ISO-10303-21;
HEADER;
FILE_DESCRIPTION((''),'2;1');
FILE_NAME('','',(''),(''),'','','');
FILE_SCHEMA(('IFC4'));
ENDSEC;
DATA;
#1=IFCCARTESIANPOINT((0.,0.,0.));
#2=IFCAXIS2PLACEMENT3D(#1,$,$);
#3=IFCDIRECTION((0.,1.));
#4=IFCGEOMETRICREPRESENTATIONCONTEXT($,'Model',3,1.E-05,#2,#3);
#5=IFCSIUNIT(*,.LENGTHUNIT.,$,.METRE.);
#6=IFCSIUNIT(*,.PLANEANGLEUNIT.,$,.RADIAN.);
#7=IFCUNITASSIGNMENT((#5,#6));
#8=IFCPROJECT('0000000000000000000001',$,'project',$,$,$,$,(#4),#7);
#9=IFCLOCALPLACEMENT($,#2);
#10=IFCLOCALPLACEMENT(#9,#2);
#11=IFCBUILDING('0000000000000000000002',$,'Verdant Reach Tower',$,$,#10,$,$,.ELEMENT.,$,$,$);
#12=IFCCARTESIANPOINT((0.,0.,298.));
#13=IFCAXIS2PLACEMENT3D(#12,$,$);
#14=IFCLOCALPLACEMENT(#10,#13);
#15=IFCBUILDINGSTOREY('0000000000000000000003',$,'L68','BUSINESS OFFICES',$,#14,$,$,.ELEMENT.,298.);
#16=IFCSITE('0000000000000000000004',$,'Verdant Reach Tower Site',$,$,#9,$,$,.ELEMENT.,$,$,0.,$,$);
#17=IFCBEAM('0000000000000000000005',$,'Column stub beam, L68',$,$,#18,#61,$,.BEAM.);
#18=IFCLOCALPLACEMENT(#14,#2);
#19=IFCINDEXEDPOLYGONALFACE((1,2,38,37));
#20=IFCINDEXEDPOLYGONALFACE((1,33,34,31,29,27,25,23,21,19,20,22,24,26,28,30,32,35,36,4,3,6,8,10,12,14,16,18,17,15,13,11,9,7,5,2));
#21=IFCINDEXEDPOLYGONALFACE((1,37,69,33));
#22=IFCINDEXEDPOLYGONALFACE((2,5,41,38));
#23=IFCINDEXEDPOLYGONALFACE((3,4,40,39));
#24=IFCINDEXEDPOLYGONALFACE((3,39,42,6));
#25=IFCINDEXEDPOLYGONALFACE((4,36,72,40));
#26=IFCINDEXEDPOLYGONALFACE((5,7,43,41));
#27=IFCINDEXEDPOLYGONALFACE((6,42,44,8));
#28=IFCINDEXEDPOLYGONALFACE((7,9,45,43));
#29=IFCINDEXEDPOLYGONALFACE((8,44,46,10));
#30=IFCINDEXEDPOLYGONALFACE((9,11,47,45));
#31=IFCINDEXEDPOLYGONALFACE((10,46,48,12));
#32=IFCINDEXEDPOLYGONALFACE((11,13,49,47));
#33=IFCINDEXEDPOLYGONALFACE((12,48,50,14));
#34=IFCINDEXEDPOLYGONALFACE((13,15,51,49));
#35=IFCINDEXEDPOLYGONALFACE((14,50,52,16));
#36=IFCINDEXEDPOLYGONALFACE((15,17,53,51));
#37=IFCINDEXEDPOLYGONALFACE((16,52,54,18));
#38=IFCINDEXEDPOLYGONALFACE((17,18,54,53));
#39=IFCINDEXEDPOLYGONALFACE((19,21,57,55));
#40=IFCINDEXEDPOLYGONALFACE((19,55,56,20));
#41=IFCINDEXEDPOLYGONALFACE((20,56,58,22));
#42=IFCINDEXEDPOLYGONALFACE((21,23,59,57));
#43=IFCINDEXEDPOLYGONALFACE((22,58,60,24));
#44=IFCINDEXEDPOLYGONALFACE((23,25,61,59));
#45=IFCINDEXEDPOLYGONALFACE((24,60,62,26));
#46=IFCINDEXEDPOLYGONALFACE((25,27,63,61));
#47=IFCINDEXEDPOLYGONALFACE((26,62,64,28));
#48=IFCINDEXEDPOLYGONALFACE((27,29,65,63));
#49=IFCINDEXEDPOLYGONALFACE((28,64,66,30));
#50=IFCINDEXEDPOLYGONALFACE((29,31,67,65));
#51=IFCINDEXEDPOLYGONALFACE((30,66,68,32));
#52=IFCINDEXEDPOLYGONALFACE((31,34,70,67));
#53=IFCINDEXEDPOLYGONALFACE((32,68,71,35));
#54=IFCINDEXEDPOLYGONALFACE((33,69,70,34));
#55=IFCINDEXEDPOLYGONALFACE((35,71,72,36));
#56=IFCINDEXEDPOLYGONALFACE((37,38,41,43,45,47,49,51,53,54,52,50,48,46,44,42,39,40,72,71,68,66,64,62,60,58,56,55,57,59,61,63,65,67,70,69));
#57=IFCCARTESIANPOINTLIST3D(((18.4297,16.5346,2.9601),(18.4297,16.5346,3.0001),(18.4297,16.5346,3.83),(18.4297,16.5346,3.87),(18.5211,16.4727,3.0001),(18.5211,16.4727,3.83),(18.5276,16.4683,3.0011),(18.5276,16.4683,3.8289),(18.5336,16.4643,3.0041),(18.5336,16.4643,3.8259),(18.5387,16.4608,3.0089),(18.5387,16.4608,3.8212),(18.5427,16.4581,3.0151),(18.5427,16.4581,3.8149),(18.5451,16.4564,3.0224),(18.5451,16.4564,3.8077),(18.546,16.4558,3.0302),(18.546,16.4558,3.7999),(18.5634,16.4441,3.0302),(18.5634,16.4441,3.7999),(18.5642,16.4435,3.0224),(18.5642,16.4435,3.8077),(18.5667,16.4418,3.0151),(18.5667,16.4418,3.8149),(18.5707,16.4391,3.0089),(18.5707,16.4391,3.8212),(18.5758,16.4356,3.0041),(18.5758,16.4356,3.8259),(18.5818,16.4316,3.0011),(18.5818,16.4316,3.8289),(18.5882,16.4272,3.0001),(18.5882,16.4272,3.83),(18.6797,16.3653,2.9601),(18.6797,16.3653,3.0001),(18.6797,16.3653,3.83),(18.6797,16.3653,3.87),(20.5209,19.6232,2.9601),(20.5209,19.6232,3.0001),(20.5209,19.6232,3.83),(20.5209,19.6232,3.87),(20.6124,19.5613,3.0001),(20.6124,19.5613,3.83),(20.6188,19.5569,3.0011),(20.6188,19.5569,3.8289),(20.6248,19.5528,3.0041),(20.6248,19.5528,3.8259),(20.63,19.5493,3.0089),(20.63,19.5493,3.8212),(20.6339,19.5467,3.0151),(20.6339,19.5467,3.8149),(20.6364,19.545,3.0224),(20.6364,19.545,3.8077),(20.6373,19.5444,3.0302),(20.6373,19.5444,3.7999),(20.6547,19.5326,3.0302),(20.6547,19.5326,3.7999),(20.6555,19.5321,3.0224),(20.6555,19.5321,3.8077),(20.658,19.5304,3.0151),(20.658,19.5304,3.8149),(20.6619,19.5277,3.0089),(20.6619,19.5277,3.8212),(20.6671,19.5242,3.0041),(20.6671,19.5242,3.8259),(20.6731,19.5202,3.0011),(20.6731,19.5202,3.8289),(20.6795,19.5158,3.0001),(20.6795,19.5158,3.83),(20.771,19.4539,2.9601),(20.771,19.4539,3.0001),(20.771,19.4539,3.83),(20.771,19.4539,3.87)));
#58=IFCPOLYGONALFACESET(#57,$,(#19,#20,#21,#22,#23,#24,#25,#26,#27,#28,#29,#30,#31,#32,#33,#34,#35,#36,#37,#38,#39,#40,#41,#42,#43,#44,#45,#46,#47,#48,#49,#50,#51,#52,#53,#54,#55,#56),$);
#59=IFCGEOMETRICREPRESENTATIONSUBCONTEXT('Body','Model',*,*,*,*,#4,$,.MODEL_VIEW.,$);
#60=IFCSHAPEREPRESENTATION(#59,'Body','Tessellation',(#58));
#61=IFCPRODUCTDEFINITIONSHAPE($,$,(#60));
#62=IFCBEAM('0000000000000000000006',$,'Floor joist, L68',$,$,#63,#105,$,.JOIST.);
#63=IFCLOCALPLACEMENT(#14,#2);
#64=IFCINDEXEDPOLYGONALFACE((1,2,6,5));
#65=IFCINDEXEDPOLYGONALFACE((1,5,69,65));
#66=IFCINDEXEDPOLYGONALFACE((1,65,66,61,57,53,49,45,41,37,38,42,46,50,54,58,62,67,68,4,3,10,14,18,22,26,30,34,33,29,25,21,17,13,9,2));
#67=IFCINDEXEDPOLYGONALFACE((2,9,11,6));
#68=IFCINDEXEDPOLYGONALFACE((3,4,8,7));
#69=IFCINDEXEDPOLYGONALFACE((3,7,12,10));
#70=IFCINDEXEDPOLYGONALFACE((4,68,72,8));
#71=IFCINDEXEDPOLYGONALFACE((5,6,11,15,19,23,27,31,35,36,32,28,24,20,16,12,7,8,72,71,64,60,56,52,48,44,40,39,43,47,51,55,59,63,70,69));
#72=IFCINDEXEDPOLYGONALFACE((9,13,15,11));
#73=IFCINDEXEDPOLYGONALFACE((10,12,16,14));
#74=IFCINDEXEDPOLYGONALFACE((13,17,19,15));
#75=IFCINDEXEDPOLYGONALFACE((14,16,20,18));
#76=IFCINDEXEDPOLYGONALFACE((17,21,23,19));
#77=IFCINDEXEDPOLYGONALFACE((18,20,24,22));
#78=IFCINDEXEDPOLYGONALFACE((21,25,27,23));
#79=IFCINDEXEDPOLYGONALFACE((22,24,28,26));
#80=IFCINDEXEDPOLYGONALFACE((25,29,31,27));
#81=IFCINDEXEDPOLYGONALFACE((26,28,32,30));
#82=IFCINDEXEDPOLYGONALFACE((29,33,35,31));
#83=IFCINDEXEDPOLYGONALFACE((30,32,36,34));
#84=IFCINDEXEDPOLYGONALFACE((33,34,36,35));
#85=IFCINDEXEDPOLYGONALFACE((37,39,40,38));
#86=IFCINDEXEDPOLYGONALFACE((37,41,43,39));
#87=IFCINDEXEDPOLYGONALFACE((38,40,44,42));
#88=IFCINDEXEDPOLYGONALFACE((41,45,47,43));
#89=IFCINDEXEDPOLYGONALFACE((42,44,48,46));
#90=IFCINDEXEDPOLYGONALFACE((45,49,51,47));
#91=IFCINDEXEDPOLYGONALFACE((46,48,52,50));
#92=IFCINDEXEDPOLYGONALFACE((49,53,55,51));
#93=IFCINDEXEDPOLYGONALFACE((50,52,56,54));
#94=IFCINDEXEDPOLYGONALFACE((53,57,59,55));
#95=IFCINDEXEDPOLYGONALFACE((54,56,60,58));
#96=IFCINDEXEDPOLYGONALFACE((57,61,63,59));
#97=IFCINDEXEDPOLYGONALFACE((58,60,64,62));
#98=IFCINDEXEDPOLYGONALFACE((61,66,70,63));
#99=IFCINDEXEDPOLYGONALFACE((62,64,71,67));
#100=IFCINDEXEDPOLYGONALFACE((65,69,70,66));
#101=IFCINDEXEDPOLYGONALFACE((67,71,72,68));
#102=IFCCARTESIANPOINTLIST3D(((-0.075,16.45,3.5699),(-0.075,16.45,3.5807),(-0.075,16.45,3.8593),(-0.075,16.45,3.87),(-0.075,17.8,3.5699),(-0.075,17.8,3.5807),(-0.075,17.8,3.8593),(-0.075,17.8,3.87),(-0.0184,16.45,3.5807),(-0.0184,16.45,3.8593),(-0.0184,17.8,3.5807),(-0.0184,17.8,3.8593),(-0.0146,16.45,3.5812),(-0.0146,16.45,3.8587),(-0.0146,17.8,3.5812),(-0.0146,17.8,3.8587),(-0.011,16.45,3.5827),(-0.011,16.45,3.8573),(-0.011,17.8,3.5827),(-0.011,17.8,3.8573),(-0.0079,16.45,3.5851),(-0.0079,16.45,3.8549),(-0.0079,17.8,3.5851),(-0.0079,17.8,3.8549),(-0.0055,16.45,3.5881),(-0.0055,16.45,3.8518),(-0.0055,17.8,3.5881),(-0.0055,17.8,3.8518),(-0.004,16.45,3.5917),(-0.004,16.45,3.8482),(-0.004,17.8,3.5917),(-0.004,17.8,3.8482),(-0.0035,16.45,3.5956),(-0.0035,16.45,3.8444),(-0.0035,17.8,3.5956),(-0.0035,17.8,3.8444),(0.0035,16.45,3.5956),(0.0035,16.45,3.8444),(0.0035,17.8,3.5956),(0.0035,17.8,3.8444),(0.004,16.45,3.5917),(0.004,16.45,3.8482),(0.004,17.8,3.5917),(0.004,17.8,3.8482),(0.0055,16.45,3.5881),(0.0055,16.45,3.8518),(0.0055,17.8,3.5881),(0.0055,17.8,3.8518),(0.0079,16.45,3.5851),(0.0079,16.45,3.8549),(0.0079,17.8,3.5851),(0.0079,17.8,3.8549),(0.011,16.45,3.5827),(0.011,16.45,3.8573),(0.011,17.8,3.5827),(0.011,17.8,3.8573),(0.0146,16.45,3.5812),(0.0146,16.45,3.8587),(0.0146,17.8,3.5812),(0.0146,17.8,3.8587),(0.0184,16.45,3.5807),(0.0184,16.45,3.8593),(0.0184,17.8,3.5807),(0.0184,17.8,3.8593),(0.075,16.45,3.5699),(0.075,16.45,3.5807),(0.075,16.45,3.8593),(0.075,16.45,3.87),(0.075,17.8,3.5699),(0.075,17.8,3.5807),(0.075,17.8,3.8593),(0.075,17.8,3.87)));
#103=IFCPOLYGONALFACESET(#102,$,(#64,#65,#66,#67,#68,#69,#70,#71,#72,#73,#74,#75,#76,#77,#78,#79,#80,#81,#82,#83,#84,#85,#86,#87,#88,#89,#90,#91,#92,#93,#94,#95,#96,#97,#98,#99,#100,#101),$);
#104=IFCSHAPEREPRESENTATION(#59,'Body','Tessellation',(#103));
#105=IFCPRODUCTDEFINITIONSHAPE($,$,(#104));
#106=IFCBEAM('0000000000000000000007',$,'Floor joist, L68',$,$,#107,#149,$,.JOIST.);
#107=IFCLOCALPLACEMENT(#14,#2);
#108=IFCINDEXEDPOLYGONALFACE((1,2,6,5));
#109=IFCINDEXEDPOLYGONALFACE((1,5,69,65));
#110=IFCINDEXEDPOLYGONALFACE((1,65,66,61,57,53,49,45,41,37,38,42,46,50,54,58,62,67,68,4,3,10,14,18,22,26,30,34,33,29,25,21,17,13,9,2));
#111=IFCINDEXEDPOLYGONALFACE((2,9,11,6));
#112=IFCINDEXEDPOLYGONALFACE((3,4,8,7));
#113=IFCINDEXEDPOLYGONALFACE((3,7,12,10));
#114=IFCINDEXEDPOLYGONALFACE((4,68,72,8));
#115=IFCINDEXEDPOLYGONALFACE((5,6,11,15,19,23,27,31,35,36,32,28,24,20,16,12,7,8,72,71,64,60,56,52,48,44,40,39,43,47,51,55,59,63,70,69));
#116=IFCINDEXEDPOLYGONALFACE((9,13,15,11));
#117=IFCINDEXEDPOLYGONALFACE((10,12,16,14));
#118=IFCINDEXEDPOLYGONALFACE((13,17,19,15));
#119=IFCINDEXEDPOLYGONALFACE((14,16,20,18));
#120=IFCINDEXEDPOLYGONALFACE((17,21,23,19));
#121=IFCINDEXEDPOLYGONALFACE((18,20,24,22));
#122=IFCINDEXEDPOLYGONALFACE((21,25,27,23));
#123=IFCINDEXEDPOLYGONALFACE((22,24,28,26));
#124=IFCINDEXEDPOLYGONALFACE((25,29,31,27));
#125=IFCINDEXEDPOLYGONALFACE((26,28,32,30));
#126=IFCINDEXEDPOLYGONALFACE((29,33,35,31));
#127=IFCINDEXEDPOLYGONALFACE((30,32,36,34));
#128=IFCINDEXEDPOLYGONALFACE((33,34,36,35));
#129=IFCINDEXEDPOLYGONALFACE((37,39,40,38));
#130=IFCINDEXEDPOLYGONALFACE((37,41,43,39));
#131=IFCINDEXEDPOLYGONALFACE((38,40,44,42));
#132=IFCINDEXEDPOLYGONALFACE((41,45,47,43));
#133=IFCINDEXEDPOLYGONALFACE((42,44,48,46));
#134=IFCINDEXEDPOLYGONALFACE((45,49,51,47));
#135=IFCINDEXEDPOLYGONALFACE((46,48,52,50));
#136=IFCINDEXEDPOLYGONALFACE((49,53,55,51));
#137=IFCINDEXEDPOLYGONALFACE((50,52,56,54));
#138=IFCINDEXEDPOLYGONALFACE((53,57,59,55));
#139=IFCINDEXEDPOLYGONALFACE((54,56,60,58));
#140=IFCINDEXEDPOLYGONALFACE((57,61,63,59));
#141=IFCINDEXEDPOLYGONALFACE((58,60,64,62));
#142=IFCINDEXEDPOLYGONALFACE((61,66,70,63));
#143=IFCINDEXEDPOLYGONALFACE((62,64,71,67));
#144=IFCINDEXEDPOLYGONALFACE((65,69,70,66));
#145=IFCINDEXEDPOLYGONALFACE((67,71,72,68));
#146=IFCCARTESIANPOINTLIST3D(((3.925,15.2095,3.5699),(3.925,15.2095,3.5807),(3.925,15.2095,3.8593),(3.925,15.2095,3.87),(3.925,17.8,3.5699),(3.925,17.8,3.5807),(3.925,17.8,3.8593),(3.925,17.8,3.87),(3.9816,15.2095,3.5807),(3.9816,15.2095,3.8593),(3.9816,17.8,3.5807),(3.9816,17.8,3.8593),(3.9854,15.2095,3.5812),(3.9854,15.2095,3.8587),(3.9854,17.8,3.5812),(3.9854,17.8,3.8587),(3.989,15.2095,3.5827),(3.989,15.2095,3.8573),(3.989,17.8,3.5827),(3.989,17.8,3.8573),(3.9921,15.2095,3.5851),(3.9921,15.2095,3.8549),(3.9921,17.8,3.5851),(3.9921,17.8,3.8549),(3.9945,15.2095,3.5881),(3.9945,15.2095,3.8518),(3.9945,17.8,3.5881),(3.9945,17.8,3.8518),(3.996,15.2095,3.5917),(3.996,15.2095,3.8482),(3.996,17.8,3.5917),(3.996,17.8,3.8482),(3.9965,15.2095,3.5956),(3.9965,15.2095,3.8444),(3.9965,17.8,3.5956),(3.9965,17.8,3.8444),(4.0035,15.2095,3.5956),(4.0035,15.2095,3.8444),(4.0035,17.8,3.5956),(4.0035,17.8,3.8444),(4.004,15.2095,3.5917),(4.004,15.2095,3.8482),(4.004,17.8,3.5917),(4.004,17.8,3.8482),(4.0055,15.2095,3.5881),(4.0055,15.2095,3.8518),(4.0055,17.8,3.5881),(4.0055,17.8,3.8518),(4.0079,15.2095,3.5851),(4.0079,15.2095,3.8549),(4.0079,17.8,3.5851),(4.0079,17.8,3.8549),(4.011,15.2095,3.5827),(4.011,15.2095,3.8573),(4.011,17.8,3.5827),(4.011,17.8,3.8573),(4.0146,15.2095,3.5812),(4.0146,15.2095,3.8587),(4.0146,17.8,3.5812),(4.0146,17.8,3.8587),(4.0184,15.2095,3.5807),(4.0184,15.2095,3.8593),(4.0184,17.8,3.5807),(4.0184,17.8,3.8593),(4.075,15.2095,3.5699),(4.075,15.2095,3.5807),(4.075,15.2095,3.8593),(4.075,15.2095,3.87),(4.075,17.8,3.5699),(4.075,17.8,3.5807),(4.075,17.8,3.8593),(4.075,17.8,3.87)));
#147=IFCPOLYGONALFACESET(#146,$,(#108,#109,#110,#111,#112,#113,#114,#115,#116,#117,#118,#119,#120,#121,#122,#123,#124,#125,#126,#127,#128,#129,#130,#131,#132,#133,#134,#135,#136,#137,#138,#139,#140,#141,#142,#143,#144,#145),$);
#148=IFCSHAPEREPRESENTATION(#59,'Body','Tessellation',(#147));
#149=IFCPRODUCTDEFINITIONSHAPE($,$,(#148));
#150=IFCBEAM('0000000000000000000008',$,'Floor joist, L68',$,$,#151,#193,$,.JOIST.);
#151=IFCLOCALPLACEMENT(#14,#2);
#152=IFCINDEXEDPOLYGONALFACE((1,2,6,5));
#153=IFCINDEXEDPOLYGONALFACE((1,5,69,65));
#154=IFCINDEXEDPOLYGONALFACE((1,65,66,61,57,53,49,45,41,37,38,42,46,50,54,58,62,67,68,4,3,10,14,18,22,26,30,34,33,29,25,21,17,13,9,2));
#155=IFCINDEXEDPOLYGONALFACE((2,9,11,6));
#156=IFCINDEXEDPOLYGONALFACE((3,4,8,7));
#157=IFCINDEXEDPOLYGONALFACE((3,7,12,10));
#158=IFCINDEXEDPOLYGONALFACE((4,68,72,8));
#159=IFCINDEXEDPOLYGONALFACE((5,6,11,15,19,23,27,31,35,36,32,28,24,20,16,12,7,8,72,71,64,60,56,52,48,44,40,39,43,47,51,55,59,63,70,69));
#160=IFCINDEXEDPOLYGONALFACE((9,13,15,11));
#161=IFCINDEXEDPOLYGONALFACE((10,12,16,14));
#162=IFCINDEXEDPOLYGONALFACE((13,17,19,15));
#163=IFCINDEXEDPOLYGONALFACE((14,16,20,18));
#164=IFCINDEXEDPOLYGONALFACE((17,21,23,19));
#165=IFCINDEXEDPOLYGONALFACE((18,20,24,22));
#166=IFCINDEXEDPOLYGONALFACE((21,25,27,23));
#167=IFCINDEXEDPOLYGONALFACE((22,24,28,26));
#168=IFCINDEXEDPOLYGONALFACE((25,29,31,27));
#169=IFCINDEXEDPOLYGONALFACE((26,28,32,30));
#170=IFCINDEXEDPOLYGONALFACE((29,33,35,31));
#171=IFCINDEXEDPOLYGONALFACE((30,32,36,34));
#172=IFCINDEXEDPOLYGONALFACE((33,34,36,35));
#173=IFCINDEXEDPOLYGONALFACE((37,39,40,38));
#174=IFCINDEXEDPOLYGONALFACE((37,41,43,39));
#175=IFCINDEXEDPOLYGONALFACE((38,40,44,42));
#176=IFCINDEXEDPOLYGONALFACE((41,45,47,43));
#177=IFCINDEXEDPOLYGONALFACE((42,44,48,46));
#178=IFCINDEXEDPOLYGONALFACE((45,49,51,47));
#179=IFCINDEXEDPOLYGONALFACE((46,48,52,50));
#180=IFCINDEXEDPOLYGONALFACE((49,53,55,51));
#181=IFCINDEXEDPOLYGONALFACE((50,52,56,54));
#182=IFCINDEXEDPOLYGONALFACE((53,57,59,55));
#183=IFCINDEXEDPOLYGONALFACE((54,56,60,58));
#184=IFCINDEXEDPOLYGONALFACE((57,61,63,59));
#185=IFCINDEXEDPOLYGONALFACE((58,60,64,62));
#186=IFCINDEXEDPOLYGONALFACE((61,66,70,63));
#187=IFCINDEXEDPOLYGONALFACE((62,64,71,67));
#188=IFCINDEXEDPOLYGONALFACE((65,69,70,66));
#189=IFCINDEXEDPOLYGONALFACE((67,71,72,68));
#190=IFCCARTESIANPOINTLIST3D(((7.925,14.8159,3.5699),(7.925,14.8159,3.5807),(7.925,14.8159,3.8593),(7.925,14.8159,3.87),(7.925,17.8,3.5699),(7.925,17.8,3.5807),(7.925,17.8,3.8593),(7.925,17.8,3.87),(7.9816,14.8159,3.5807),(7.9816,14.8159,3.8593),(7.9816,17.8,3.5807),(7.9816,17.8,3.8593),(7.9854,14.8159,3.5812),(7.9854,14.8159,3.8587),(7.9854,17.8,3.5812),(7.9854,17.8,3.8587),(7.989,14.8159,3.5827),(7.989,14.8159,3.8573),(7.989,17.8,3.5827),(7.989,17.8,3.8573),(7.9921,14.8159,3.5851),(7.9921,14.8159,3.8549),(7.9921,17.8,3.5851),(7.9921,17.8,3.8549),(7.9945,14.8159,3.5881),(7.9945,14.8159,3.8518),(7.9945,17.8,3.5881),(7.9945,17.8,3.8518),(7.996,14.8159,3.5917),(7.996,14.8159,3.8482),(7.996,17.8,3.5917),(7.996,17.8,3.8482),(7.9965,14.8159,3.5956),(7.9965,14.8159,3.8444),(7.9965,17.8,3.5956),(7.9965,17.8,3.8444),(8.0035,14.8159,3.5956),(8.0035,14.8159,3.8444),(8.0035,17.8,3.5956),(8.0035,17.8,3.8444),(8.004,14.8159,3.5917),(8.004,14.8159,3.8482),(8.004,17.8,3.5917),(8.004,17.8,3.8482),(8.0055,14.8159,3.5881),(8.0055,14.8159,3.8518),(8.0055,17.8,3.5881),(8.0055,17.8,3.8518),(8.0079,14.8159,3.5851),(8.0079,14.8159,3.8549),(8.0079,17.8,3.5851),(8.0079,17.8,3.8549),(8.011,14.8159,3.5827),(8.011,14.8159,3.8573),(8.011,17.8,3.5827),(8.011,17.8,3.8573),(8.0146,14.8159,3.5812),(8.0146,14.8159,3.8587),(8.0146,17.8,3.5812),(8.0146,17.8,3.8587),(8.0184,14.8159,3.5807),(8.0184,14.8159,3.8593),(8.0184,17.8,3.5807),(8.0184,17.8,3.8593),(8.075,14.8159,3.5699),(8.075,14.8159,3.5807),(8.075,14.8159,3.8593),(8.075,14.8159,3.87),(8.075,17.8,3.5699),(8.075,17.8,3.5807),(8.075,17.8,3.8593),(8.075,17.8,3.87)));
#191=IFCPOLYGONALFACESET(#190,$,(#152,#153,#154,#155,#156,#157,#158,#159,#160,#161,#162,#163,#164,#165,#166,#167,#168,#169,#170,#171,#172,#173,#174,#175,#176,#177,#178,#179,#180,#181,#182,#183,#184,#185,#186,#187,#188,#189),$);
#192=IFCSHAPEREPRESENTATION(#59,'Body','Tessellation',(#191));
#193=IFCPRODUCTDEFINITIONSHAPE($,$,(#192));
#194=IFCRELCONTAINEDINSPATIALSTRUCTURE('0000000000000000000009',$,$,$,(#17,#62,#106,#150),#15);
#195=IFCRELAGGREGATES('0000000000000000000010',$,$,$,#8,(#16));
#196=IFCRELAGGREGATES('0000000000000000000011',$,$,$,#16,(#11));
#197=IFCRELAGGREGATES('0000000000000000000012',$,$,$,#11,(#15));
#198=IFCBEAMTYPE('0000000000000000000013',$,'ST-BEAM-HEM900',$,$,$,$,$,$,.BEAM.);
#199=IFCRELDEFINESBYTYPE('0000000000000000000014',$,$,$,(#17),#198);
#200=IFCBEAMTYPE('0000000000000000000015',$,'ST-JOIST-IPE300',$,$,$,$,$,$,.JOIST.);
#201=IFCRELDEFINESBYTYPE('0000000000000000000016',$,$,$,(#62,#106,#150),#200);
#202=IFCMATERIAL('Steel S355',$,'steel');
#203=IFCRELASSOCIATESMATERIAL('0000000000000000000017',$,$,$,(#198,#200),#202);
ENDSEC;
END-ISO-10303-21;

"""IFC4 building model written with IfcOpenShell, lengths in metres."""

from ifc_helpers import new_model, si_unit, direction, frame, origin, origin_2d, place, context, subcontext, project, spatial, i_section, extrude, material, material_profile, profile_set, type_object, element, save


model = new_model("IFC4")

# Units and contexts
model_context = context("Model", 3, precision=1e-05, world=origin(), true_north=direction((0.0, 1.0)))
body_context = subcontext(model_context, "Body", "Model", "MODEL_VIEW")
ifc_project = project(units=[si_unit("LENGTHUNIT", "METRE"), si_unit("PLANEANGLEUNIT", "RADIAN")], contexts=[model_context])

# Site, building, storey
site_placement = place(None, origin())
site = spatial("IfcSite", under=ifc_project, at=site_placement, Name="Verdant Reach Tower Site", CompositionType="ELEMENT", RefElevation=0.0)
building_placement = place(site_placement, origin())
building = spatial("IfcBuilding", under=site, at=building_placement, Name="Verdant Reach Tower", CompositionType="ELEMENT")
storey_placement = place(building_placement, frame((0.0, 0.0, 298.0)))
storey = spatial("IfcBuildingStorey", under=building, at=storey_placement, Name="L68", Description="BUSINESS OFFICES", CompositionType="ELEMENT", Elevation=298.0)

# Beams
ifc_material_1 = material(Name="Steel S355", Category="steel")
ifc_material_profile_1 = material_profile(ifc_material_1, i_section(OverallWidth=0.302, OverallDepth=0.9099, WebThickness=0.021, FlangeThickness=0.04, FilletRadius=0.03, at=origin_2d()), Name="HEM 900")
ifc_profile_set_1 = profile_set([ifc_material_profile_1], Name="Steel S355")
beam_type_1 = type_object("IfcBeamType", Name="ST-BEAM-HEM900", PredefinedType="BEAM", material=ifc_profile_set_1)
beam_1_placement = place(storey_placement, frame((18.5547, 16.45, 3.415), z_axis=(0.560667, 0.828041, 0.0), x_axis=(-0.828041, 0.560667, 0.0)))
element("IfcBeam", 1, at=beam_1_placement, inside=storey, type_object=beam_type_1, Name="Column stub beam, L68", PredefinedType="BEAM", context=body_context, shape_type="SweptSolid", body=[
    extrude(i_section(OverallWidth=0.302, OverallDepth=0.9099, WebThickness=0.021, FlangeThickness=0.04, FilletRadius=0.03, at=origin_2d()), origin(), (0.0, 0.0, 1.0), 3.73),
])
ifc_material_profile_2 = material_profile(ifc_material_1, i_section(OverallWidth=0.1499, OverallDepth=0.3, WebThickness=0.0071, FlangeThickness=0.0107, FilletRadius=0.0149, at=origin_2d()), Name="IPE 300")
ifc_profile_set_2 = profile_set([ifc_material_profile_2], Name="Steel S355")
beam_type_2 = type_object("IfcBeamType", Name="ST-JOIST-IPE300", PredefinedType="JOIST", material=ifc_profile_set_2)
beam_2_placement = place(storey_placement, frame((0.0, 17.8, 3.72), z_axis=(0.0, -1.0, 0.0), x_axis=(1.0, 0.0, 0.0)))
element("IfcBeam", 2, at=beam_2_placement, inside=storey, type_object=beam_type_2, Name="Floor joist, L68", PredefinedType="JOIST", context=body_context, shape_type="SweptSolid", body=[
    extrude(i_section(OverallWidth=0.1499, OverallDepth=0.3, WebThickness=0.0071, FlangeThickness=0.0107, FilletRadius=0.0149, at=origin_2d()), origin(), (0.0, 0.0, 1.0), 1.3501),
])
beam_3_placement = place(storey_placement, frame((4.0, 17.8, 3.72), z_axis=(0.0, -1.0, 0.0), x_axis=(1.0, 0.0, 0.0)))
element("IfcBeam", 3, at=beam_3_placement, inside=storey, type_object=beam_type_2, Name="Floor joist, L68", PredefinedType="JOIST", context=body_context, shape_type="SweptSolid", body=[
    extrude(i_section(OverallWidth=0.1499, OverallDepth=0.3, WebThickness=0.0071, FlangeThickness=0.0107, FilletRadius=0.0149, at=origin_2d()), origin(), (0.0, 0.0, 1.0), 2.5906),
])
beam_4_placement = place(storey_placement, frame((8.0, 17.8, 3.72), z_axis=(0.0, -1.0, 0.0), x_axis=(1.0, 0.0, 0.0)))
element("IfcBeam", 4, at=beam_4_placement, inside=storey, type_object=beam_type_2, Name="Floor joist, L68", PredefinedType="JOIST", context=body_context, shape_type="SweptSolid", body=[
    extrude(i_section(OverallWidth=0.1499, OverallDepth=0.3, WebThickness=0.0071, FlangeThickness=0.0107, FilletRadius=0.0149, at=origin_2d()), origin(), (0.0, 0.0, 1.0), 2.9841),
])

save(model, "model.ifc")
